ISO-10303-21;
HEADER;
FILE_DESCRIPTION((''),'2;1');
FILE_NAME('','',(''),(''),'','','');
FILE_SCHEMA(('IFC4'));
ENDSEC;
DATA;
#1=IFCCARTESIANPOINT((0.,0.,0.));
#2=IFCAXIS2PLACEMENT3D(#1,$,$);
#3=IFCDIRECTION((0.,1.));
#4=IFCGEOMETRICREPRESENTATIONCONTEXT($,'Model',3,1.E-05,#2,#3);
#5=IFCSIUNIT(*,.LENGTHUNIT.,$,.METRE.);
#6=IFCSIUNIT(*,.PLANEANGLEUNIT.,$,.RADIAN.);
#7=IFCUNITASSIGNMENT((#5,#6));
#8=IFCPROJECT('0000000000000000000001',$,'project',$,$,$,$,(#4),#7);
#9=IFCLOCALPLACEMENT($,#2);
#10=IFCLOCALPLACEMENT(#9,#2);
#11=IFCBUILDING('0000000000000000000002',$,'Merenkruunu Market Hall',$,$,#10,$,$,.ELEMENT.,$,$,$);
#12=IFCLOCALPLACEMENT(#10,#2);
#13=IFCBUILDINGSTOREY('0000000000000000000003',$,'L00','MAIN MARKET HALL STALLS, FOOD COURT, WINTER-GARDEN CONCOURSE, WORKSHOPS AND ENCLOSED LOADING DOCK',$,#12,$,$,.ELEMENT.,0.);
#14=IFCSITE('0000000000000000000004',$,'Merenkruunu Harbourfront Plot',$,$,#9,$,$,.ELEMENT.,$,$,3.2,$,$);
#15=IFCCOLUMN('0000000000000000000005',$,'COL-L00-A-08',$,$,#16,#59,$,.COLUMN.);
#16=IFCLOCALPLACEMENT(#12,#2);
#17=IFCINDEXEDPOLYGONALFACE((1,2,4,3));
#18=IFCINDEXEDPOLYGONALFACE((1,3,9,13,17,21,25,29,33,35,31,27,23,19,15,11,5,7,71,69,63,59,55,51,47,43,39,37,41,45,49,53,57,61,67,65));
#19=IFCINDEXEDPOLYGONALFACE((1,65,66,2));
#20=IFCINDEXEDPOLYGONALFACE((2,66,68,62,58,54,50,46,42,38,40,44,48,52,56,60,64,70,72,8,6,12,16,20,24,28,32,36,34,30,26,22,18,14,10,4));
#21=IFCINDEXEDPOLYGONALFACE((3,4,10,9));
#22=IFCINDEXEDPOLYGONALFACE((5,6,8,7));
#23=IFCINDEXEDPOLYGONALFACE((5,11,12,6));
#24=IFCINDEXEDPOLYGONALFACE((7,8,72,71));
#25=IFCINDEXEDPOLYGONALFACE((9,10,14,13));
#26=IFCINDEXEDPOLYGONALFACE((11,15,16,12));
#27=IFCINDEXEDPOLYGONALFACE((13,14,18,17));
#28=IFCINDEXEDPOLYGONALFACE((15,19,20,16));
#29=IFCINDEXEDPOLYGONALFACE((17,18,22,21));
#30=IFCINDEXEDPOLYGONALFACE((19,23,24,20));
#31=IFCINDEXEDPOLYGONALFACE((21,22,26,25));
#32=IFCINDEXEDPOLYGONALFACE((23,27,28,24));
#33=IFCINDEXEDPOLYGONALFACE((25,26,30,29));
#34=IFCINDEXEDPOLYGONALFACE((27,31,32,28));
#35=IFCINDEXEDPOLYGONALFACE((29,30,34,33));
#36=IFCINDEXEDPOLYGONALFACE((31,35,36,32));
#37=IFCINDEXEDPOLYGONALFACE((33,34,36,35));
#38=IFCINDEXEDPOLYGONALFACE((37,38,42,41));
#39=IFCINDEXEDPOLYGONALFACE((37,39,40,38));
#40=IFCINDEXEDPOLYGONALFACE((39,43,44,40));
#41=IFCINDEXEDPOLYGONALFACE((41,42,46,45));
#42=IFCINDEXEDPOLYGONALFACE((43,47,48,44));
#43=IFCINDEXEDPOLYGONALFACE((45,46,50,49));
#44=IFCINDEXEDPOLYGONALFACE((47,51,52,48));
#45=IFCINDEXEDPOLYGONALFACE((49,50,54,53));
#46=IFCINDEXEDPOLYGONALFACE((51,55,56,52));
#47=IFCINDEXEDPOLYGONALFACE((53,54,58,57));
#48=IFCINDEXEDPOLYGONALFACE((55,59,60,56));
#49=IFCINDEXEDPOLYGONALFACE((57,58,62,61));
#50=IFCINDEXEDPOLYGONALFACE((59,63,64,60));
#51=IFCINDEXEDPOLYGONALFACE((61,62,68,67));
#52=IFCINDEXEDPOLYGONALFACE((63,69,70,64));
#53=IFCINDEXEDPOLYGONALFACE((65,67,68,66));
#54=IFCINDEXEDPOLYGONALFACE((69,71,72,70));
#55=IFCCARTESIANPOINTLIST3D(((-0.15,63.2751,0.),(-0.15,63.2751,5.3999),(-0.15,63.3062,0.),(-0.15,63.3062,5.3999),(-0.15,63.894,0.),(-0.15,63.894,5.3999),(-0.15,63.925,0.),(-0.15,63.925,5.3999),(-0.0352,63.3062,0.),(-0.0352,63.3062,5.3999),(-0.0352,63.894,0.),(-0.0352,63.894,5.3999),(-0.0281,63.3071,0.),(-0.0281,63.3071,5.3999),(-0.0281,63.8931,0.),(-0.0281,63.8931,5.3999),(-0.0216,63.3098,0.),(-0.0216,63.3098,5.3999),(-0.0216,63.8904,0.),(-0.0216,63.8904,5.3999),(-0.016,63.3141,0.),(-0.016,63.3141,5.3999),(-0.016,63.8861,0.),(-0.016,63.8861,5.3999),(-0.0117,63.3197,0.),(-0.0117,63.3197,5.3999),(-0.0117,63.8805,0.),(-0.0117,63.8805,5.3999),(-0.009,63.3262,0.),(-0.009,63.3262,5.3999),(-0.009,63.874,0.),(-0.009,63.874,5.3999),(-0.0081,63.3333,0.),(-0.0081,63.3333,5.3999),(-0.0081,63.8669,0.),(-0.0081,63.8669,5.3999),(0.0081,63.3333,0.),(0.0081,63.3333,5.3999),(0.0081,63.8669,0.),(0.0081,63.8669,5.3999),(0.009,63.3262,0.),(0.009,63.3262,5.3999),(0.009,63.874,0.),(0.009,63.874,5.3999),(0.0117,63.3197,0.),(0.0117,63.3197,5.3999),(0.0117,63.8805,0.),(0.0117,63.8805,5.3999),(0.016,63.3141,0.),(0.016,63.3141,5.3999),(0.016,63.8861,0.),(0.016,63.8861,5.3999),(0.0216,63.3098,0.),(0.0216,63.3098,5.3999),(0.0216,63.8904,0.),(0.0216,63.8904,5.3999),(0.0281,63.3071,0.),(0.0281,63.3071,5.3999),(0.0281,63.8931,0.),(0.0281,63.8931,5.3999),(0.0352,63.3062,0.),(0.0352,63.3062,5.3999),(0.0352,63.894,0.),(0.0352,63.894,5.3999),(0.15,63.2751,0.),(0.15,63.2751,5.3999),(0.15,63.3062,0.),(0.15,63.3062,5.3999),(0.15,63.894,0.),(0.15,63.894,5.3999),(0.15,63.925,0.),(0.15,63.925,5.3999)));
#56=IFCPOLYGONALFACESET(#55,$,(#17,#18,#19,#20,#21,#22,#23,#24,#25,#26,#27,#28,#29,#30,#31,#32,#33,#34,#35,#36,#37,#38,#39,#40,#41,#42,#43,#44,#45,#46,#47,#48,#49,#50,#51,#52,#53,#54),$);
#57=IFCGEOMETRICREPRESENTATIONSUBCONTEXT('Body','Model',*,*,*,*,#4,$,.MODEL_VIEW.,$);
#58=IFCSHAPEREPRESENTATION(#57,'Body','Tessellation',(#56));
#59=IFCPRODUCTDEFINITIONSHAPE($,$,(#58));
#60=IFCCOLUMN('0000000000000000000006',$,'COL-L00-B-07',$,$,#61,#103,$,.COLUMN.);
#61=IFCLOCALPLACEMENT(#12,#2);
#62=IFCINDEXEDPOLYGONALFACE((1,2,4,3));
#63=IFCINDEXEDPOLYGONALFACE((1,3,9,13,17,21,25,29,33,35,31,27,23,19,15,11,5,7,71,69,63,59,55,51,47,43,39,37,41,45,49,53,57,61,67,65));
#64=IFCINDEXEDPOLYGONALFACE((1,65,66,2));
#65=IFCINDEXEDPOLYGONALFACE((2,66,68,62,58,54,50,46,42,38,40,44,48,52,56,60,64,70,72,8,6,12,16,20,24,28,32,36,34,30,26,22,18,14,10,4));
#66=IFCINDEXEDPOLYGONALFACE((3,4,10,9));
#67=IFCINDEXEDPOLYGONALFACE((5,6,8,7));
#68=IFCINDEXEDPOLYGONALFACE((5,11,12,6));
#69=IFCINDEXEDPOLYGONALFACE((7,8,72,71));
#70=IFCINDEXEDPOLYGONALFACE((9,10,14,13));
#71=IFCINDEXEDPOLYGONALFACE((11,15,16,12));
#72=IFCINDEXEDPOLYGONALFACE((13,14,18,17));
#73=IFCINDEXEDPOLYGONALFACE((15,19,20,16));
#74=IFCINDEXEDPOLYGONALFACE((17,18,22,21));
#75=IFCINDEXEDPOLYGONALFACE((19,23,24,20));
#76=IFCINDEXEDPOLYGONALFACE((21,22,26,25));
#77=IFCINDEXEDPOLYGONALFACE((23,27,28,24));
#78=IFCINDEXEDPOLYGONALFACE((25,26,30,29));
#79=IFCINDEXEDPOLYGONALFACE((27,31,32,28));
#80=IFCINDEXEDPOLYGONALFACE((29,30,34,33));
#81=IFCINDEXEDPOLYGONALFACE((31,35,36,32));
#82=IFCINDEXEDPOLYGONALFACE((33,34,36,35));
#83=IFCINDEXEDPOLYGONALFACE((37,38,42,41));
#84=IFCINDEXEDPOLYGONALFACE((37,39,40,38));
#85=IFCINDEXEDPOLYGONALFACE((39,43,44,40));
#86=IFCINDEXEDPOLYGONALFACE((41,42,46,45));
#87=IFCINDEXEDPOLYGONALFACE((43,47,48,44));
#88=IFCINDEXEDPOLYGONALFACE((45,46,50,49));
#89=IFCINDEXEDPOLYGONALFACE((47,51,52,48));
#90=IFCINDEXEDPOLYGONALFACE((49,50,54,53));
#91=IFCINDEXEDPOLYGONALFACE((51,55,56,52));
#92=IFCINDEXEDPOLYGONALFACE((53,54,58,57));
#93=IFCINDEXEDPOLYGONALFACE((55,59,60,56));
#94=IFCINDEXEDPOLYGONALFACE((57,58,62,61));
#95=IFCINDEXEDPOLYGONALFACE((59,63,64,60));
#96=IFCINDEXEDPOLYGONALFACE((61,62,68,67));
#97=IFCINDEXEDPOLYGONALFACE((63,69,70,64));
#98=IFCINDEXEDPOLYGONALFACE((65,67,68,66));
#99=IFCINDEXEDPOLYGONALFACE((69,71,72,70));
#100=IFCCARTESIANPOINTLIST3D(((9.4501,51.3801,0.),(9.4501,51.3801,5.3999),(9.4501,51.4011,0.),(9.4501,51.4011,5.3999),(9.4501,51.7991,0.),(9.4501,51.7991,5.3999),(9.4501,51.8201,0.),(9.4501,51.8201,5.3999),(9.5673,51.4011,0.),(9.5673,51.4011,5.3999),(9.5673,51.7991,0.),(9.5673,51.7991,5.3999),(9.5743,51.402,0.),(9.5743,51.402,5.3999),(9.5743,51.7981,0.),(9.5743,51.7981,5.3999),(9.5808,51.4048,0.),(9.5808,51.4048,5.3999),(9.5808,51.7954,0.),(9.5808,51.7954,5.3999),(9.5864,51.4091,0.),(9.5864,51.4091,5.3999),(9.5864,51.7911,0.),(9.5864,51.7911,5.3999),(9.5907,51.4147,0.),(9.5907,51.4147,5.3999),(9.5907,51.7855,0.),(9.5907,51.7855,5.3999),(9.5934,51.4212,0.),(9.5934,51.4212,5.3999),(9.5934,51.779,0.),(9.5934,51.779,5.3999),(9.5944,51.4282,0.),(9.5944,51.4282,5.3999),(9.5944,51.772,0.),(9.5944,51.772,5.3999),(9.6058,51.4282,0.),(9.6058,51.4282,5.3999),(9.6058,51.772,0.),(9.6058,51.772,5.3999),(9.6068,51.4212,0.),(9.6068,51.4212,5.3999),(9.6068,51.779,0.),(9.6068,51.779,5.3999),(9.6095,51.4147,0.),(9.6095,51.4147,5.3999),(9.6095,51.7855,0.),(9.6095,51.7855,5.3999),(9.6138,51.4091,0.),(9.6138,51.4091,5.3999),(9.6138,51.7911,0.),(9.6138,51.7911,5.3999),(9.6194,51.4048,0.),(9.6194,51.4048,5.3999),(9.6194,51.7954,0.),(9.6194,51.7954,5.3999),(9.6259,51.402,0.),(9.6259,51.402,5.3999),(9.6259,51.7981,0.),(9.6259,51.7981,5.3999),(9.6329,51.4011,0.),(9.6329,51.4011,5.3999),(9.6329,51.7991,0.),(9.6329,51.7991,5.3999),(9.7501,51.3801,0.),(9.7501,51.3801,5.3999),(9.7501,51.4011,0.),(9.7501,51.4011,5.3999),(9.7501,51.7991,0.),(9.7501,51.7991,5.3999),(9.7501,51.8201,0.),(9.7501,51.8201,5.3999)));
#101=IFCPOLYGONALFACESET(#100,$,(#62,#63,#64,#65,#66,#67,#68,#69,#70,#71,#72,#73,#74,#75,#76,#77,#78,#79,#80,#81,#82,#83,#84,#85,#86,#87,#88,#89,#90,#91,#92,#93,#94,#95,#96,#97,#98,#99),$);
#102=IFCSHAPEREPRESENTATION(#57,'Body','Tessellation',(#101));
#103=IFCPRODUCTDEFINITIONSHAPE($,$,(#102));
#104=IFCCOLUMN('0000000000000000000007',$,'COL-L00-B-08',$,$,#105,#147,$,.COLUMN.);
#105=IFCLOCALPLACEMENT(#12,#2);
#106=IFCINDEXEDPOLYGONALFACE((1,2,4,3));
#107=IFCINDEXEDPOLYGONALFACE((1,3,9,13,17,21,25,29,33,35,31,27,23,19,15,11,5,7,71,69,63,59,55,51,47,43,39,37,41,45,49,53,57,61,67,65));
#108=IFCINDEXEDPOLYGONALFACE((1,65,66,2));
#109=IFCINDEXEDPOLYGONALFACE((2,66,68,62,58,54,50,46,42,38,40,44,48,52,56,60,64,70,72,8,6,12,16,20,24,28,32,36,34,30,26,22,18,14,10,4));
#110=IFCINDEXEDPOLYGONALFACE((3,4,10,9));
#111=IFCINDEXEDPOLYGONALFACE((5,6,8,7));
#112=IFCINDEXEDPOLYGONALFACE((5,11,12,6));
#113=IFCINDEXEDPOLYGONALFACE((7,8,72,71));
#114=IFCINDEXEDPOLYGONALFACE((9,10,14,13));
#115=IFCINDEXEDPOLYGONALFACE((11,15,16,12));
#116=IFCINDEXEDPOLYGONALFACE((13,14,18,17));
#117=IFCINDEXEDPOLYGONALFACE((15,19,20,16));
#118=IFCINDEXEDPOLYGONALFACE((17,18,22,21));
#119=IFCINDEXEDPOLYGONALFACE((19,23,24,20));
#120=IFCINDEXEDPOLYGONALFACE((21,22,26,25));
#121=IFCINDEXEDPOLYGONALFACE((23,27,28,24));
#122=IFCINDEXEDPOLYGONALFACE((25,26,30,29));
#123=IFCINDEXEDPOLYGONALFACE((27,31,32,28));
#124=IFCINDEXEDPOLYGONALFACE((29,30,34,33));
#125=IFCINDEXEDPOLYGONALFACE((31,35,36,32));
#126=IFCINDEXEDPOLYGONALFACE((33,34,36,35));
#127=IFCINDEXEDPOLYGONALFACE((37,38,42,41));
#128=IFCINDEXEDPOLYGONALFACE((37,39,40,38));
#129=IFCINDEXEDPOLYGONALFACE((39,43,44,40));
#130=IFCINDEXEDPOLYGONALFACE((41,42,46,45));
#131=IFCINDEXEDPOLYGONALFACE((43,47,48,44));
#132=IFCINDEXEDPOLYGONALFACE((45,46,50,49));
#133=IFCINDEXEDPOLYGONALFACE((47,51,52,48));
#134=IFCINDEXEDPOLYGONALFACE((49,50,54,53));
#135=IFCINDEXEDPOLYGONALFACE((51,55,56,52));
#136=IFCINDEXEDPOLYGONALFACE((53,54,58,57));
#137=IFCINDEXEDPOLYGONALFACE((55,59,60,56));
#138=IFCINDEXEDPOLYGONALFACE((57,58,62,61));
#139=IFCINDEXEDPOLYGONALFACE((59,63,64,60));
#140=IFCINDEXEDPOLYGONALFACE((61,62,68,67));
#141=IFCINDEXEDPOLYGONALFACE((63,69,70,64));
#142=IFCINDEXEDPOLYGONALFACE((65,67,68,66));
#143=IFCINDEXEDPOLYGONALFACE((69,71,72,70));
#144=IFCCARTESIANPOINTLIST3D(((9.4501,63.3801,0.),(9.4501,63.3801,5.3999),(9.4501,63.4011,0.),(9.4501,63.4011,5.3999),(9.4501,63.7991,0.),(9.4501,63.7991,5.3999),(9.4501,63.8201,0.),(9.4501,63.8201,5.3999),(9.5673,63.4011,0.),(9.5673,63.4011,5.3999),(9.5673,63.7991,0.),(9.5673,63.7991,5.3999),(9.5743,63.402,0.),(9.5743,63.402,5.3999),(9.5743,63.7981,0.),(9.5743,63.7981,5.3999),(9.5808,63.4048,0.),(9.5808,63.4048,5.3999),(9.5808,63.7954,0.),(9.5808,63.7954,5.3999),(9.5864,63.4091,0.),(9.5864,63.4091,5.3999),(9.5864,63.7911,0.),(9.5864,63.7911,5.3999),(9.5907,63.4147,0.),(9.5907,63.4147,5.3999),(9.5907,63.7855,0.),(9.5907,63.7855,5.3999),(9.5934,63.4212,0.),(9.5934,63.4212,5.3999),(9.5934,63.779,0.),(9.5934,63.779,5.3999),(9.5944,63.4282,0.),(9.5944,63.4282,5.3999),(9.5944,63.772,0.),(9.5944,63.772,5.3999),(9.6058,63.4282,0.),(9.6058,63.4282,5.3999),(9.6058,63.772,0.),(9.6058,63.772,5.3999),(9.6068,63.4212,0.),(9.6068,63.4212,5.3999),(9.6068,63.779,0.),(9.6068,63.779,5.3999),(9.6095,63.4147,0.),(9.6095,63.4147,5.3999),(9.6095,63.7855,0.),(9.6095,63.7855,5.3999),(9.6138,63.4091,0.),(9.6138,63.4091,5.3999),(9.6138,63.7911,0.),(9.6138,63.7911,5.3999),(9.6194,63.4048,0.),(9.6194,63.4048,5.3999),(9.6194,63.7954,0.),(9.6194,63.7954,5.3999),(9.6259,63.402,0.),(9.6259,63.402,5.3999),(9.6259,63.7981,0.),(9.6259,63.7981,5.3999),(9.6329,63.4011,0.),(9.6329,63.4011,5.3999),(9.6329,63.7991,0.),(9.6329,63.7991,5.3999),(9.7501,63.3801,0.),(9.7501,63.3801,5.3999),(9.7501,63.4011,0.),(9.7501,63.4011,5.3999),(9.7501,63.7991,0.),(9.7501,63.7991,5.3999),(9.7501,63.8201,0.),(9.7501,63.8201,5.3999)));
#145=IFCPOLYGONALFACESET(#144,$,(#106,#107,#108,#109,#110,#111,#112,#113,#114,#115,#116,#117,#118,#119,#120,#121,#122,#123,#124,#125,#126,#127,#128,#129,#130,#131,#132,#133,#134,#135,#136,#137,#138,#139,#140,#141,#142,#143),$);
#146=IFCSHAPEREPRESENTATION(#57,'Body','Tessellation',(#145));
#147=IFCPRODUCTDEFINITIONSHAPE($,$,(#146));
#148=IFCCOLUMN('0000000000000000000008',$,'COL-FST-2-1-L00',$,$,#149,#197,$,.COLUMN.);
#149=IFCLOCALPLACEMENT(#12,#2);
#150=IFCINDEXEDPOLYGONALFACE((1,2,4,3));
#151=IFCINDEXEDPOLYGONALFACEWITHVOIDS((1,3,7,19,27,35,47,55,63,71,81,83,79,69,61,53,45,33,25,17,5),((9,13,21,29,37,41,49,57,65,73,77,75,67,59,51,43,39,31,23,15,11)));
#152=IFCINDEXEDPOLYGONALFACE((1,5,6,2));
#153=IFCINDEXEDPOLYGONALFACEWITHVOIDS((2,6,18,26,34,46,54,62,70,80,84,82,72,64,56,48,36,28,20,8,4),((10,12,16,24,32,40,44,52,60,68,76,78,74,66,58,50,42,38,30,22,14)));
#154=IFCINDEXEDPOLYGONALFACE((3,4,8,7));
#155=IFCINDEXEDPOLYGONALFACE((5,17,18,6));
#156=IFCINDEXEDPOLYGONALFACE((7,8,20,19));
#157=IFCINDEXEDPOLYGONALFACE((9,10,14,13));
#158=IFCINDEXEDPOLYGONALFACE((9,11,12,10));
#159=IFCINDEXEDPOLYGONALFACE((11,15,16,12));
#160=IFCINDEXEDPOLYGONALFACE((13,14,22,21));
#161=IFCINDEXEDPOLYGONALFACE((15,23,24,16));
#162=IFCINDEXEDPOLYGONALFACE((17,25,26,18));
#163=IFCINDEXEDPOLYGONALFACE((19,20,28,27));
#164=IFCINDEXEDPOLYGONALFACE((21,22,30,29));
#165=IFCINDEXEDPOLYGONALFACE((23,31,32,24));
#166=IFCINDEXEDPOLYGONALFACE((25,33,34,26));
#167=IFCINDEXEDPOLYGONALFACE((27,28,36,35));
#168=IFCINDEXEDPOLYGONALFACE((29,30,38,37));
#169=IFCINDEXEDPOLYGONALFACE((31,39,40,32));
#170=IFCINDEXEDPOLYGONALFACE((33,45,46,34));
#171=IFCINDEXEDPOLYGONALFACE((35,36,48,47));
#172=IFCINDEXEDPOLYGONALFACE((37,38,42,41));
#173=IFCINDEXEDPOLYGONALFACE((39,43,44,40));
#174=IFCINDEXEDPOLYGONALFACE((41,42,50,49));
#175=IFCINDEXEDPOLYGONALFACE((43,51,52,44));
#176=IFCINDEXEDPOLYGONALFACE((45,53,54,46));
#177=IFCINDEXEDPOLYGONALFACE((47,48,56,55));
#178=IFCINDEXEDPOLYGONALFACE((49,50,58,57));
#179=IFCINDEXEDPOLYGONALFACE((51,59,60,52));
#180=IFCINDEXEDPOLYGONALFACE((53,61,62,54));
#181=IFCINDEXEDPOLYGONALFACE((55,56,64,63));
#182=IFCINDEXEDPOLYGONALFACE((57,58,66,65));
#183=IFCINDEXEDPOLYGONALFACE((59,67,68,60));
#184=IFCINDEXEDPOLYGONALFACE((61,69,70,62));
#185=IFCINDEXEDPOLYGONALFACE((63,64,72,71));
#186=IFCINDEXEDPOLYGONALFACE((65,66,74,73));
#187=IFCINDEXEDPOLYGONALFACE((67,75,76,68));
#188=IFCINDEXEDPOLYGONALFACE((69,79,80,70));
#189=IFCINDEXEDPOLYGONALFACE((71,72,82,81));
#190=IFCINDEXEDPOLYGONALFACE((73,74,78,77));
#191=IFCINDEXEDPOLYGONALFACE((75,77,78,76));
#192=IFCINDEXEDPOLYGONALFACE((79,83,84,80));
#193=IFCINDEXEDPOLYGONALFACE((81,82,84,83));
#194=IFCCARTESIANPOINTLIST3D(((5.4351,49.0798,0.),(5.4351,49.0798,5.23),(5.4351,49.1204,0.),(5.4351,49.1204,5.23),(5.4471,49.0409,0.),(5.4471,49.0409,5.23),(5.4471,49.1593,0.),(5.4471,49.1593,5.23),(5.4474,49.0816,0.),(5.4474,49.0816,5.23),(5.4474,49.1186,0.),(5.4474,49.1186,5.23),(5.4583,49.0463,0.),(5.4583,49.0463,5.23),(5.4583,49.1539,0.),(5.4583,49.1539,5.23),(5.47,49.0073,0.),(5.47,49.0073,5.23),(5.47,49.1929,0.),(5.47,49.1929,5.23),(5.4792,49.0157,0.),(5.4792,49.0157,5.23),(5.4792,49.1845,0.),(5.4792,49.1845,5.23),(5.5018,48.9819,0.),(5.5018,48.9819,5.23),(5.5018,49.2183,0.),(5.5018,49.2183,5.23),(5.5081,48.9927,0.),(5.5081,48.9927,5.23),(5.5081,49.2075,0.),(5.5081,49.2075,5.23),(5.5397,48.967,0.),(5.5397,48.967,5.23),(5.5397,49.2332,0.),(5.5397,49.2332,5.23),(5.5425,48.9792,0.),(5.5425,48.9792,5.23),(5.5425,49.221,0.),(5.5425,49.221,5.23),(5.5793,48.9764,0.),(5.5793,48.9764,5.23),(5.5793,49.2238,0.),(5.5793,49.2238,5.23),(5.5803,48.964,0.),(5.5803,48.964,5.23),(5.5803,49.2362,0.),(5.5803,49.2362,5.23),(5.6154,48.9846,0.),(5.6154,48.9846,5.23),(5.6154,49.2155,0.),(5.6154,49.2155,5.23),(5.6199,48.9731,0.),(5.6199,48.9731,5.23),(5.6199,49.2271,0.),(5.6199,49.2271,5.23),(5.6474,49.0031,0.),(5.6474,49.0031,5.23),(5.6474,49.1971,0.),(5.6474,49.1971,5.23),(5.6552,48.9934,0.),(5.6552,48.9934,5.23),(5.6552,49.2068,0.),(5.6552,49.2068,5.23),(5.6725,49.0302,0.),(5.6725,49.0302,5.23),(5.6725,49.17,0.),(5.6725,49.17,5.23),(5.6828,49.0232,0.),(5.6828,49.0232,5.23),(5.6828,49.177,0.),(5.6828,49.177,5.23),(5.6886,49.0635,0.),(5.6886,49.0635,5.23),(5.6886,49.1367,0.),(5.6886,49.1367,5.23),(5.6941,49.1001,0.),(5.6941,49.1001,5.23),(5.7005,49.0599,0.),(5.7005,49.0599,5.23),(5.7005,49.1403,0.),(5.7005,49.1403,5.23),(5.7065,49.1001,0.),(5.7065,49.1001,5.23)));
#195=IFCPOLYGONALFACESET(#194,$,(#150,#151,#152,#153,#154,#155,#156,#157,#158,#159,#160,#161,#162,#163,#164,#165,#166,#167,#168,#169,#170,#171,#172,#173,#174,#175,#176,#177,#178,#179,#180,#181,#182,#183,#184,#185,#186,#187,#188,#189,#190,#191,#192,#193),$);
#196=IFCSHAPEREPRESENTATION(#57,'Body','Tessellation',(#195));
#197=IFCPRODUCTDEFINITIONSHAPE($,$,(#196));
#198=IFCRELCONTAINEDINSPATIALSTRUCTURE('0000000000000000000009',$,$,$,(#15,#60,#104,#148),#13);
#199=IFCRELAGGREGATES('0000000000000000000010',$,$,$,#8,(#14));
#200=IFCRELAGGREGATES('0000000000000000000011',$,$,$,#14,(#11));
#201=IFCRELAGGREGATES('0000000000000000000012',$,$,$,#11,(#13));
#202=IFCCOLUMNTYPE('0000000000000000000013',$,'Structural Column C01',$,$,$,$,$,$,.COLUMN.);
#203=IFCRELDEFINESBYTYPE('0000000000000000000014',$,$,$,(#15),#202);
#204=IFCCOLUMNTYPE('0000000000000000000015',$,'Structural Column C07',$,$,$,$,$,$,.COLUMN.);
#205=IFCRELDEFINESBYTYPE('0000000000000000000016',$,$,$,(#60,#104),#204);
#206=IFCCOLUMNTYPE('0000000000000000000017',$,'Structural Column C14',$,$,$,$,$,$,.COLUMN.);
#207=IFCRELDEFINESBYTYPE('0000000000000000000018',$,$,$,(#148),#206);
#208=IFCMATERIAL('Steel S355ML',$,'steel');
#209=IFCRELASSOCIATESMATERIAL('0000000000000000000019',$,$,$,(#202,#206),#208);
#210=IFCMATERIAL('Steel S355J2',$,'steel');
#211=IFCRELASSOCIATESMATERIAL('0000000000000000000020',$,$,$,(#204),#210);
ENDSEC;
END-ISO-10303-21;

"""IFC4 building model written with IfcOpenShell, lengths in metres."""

from ifc_helpers import new_model, si_unit, direction, frame, origin, origin_2d, place, context, subcontext, project, spatial, hollow_circle, i_section, extrude, material, material_profile, profile_set, type_object, element, save


model = new_model("IFC4")

# Units and contexts
model_context = context("Model", 3, precision=1e-05, world=origin(), true_north=direction((0.0, 1.0)))
body_context = subcontext(model_context, "Body", "Model", "MODEL_VIEW")
ifc_project = project(units=[si_unit("LENGTHUNIT", "METRE"), si_unit("PLANEANGLEUNIT", "RADIAN")], contexts=[model_context])

# Site, building, storey
site_placement = place(None, origin())
site = spatial("IfcSite", under=ifc_project, at=site_placement, Name="Merenkruunu Harbourfront Plot", CompositionType="ELEMENT", RefElevation=3.2)
building_placement = place(site_placement, origin())
building = spatial("IfcBuilding", under=site, at=building_placement, Name="Merenkruunu Market Hall", CompositionType="ELEMENT")
storey_placement = place(building_placement, origin())
storey = spatial("IfcBuildingStorey", under=building, at=storey_placement, Name="L00", Description="MAIN MARKET HALL STALLS, FOOD COURT, WINTER-GARDEN CONCOURSE, WORKSHOPS AND ENCLOSED LOADING DOCK", CompositionType="ELEMENT", Elevation=0.0)

# Columns
ifc_material_1 = material(Name="Steel S355ML", Category="steel")
ifc_material_profile_1 = material_profile(ifc_material_1, i_section(OverallWidth=0.3, OverallDepth=0.6499, WebThickness=0.0161, FlangeThickness=0.031, FilletRadius=0.0271, at=origin_2d()), Name="HEB 650")
ifc_profile_set_1 = profile_set([ifc_material_profile_1], Name="Steel S355ML")
column_type_1 = type_object("IfcColumnType", Name="Structural Column C01", PredefinedType="COLUMN", material=ifc_profile_set_1)
column_placement = place(storey_placement, frame((0.0, 63.6001, 0.0), z_axis=(0.0, 0.0, 1.0), x_axis=(1.0, 0.0, 0.0)))
element("IfcColumn", 1, at=column_placement, inside=storey, type_object=column_type_1, Name="COL-L00-A-08", PredefinedType="COLUMN", context=body_context, shape_type="SweptSolid", body=[
    extrude(i_section(OverallWidth=0.3, OverallDepth=0.6499, WebThickness=0.0161, FlangeThickness=0.031, FilletRadius=0.0271, at=origin_2d()), origin(), (0.0, 0.0, 1.0), 5.3999),
])
ifc_material_2 = material(Name="Steel S355J2", Category="steel")
ifc_material_profile_2 = material_profile(ifc_material_2, i_section(OverallWidth=0.3, OverallDepth=0.4399, WebThickness=0.0115, FlangeThickness=0.021, FilletRadius=0.0271, at=origin_2d()), Name="HEA 450")
ifc_profile_set_2 = profile_set([ifc_material_profile_2], Name="Steel S355J2")
column_type_2 = type_object("IfcColumnType", Name="Structural Column C07", PredefinedType="COLUMN", material=ifc_profile_set_2)
for number, where, z_axis, x_axis, name in (
    (2, (9.6001, 51.6001, 0.0), (0.0, 0.0, 1.0), (1.0, 0.0, 0.0), "COL-L00-B-07"),
    (3, (9.6001, 63.6001, 0.0), (0.0, 0.0, 1.0), (1.0, 0.0, 0.0), "COL-L00-B-08"),
):
    element("IfcColumn", number, at=place(storey_placement, frame(where, z_axis=z_axis, x_axis=x_axis)), inside=storey, type_object=column_type_2, Name=name, PredefinedType="COLUMN", context=body_context, shape_type="SweptSolid", body=[
        extrude(i_section(OverallWidth=0.3, OverallDepth=0.4399, WebThickness=0.0115, FlangeThickness=0.021, FilletRadius=0.0271, at=origin_2d()), origin(), (0.0, 0.0, 1.0), 5.3999),
    ])
ifc_material_profile_3 = material_profile(ifc_material_1, hollow_circle(Radius=0.1365, WallThickness=0.0125, at=origin_2d()), Name="CHS 273x12.5")
ifc_profile_set_3 = profile_set([ifc_material_profile_3], Name="Steel S355ML")
column_type_3 = type_object("IfcColumnType", Name="Structural Column C14", PredefinedType="COLUMN", material=ifc_profile_set_3)
for number, where, z_axis, x_axis, name in (
    (4, (5.5701, 49.1001, 0.0), (0.0, 0.0, 1.0), (1.0, 0.0, 0.0), "COL-FST-2-1-L00"),
):
    element("IfcColumn", number, at=place(storey_placement, frame(where, z_axis=z_axis, x_axis=x_axis)), inside=storey, type_object=column_type_3, Name=name, PredefinedType="COLUMN", context=body_context, shape_type="SweptSolid", body=[
        extrude(hollow_circle(Radius=0.1365, WallThickness=0.0125, at=origin_2d()), origin(), (0.0, 0.0, 1.0), 5.23),
    ])

save(model, "model.ifc")
